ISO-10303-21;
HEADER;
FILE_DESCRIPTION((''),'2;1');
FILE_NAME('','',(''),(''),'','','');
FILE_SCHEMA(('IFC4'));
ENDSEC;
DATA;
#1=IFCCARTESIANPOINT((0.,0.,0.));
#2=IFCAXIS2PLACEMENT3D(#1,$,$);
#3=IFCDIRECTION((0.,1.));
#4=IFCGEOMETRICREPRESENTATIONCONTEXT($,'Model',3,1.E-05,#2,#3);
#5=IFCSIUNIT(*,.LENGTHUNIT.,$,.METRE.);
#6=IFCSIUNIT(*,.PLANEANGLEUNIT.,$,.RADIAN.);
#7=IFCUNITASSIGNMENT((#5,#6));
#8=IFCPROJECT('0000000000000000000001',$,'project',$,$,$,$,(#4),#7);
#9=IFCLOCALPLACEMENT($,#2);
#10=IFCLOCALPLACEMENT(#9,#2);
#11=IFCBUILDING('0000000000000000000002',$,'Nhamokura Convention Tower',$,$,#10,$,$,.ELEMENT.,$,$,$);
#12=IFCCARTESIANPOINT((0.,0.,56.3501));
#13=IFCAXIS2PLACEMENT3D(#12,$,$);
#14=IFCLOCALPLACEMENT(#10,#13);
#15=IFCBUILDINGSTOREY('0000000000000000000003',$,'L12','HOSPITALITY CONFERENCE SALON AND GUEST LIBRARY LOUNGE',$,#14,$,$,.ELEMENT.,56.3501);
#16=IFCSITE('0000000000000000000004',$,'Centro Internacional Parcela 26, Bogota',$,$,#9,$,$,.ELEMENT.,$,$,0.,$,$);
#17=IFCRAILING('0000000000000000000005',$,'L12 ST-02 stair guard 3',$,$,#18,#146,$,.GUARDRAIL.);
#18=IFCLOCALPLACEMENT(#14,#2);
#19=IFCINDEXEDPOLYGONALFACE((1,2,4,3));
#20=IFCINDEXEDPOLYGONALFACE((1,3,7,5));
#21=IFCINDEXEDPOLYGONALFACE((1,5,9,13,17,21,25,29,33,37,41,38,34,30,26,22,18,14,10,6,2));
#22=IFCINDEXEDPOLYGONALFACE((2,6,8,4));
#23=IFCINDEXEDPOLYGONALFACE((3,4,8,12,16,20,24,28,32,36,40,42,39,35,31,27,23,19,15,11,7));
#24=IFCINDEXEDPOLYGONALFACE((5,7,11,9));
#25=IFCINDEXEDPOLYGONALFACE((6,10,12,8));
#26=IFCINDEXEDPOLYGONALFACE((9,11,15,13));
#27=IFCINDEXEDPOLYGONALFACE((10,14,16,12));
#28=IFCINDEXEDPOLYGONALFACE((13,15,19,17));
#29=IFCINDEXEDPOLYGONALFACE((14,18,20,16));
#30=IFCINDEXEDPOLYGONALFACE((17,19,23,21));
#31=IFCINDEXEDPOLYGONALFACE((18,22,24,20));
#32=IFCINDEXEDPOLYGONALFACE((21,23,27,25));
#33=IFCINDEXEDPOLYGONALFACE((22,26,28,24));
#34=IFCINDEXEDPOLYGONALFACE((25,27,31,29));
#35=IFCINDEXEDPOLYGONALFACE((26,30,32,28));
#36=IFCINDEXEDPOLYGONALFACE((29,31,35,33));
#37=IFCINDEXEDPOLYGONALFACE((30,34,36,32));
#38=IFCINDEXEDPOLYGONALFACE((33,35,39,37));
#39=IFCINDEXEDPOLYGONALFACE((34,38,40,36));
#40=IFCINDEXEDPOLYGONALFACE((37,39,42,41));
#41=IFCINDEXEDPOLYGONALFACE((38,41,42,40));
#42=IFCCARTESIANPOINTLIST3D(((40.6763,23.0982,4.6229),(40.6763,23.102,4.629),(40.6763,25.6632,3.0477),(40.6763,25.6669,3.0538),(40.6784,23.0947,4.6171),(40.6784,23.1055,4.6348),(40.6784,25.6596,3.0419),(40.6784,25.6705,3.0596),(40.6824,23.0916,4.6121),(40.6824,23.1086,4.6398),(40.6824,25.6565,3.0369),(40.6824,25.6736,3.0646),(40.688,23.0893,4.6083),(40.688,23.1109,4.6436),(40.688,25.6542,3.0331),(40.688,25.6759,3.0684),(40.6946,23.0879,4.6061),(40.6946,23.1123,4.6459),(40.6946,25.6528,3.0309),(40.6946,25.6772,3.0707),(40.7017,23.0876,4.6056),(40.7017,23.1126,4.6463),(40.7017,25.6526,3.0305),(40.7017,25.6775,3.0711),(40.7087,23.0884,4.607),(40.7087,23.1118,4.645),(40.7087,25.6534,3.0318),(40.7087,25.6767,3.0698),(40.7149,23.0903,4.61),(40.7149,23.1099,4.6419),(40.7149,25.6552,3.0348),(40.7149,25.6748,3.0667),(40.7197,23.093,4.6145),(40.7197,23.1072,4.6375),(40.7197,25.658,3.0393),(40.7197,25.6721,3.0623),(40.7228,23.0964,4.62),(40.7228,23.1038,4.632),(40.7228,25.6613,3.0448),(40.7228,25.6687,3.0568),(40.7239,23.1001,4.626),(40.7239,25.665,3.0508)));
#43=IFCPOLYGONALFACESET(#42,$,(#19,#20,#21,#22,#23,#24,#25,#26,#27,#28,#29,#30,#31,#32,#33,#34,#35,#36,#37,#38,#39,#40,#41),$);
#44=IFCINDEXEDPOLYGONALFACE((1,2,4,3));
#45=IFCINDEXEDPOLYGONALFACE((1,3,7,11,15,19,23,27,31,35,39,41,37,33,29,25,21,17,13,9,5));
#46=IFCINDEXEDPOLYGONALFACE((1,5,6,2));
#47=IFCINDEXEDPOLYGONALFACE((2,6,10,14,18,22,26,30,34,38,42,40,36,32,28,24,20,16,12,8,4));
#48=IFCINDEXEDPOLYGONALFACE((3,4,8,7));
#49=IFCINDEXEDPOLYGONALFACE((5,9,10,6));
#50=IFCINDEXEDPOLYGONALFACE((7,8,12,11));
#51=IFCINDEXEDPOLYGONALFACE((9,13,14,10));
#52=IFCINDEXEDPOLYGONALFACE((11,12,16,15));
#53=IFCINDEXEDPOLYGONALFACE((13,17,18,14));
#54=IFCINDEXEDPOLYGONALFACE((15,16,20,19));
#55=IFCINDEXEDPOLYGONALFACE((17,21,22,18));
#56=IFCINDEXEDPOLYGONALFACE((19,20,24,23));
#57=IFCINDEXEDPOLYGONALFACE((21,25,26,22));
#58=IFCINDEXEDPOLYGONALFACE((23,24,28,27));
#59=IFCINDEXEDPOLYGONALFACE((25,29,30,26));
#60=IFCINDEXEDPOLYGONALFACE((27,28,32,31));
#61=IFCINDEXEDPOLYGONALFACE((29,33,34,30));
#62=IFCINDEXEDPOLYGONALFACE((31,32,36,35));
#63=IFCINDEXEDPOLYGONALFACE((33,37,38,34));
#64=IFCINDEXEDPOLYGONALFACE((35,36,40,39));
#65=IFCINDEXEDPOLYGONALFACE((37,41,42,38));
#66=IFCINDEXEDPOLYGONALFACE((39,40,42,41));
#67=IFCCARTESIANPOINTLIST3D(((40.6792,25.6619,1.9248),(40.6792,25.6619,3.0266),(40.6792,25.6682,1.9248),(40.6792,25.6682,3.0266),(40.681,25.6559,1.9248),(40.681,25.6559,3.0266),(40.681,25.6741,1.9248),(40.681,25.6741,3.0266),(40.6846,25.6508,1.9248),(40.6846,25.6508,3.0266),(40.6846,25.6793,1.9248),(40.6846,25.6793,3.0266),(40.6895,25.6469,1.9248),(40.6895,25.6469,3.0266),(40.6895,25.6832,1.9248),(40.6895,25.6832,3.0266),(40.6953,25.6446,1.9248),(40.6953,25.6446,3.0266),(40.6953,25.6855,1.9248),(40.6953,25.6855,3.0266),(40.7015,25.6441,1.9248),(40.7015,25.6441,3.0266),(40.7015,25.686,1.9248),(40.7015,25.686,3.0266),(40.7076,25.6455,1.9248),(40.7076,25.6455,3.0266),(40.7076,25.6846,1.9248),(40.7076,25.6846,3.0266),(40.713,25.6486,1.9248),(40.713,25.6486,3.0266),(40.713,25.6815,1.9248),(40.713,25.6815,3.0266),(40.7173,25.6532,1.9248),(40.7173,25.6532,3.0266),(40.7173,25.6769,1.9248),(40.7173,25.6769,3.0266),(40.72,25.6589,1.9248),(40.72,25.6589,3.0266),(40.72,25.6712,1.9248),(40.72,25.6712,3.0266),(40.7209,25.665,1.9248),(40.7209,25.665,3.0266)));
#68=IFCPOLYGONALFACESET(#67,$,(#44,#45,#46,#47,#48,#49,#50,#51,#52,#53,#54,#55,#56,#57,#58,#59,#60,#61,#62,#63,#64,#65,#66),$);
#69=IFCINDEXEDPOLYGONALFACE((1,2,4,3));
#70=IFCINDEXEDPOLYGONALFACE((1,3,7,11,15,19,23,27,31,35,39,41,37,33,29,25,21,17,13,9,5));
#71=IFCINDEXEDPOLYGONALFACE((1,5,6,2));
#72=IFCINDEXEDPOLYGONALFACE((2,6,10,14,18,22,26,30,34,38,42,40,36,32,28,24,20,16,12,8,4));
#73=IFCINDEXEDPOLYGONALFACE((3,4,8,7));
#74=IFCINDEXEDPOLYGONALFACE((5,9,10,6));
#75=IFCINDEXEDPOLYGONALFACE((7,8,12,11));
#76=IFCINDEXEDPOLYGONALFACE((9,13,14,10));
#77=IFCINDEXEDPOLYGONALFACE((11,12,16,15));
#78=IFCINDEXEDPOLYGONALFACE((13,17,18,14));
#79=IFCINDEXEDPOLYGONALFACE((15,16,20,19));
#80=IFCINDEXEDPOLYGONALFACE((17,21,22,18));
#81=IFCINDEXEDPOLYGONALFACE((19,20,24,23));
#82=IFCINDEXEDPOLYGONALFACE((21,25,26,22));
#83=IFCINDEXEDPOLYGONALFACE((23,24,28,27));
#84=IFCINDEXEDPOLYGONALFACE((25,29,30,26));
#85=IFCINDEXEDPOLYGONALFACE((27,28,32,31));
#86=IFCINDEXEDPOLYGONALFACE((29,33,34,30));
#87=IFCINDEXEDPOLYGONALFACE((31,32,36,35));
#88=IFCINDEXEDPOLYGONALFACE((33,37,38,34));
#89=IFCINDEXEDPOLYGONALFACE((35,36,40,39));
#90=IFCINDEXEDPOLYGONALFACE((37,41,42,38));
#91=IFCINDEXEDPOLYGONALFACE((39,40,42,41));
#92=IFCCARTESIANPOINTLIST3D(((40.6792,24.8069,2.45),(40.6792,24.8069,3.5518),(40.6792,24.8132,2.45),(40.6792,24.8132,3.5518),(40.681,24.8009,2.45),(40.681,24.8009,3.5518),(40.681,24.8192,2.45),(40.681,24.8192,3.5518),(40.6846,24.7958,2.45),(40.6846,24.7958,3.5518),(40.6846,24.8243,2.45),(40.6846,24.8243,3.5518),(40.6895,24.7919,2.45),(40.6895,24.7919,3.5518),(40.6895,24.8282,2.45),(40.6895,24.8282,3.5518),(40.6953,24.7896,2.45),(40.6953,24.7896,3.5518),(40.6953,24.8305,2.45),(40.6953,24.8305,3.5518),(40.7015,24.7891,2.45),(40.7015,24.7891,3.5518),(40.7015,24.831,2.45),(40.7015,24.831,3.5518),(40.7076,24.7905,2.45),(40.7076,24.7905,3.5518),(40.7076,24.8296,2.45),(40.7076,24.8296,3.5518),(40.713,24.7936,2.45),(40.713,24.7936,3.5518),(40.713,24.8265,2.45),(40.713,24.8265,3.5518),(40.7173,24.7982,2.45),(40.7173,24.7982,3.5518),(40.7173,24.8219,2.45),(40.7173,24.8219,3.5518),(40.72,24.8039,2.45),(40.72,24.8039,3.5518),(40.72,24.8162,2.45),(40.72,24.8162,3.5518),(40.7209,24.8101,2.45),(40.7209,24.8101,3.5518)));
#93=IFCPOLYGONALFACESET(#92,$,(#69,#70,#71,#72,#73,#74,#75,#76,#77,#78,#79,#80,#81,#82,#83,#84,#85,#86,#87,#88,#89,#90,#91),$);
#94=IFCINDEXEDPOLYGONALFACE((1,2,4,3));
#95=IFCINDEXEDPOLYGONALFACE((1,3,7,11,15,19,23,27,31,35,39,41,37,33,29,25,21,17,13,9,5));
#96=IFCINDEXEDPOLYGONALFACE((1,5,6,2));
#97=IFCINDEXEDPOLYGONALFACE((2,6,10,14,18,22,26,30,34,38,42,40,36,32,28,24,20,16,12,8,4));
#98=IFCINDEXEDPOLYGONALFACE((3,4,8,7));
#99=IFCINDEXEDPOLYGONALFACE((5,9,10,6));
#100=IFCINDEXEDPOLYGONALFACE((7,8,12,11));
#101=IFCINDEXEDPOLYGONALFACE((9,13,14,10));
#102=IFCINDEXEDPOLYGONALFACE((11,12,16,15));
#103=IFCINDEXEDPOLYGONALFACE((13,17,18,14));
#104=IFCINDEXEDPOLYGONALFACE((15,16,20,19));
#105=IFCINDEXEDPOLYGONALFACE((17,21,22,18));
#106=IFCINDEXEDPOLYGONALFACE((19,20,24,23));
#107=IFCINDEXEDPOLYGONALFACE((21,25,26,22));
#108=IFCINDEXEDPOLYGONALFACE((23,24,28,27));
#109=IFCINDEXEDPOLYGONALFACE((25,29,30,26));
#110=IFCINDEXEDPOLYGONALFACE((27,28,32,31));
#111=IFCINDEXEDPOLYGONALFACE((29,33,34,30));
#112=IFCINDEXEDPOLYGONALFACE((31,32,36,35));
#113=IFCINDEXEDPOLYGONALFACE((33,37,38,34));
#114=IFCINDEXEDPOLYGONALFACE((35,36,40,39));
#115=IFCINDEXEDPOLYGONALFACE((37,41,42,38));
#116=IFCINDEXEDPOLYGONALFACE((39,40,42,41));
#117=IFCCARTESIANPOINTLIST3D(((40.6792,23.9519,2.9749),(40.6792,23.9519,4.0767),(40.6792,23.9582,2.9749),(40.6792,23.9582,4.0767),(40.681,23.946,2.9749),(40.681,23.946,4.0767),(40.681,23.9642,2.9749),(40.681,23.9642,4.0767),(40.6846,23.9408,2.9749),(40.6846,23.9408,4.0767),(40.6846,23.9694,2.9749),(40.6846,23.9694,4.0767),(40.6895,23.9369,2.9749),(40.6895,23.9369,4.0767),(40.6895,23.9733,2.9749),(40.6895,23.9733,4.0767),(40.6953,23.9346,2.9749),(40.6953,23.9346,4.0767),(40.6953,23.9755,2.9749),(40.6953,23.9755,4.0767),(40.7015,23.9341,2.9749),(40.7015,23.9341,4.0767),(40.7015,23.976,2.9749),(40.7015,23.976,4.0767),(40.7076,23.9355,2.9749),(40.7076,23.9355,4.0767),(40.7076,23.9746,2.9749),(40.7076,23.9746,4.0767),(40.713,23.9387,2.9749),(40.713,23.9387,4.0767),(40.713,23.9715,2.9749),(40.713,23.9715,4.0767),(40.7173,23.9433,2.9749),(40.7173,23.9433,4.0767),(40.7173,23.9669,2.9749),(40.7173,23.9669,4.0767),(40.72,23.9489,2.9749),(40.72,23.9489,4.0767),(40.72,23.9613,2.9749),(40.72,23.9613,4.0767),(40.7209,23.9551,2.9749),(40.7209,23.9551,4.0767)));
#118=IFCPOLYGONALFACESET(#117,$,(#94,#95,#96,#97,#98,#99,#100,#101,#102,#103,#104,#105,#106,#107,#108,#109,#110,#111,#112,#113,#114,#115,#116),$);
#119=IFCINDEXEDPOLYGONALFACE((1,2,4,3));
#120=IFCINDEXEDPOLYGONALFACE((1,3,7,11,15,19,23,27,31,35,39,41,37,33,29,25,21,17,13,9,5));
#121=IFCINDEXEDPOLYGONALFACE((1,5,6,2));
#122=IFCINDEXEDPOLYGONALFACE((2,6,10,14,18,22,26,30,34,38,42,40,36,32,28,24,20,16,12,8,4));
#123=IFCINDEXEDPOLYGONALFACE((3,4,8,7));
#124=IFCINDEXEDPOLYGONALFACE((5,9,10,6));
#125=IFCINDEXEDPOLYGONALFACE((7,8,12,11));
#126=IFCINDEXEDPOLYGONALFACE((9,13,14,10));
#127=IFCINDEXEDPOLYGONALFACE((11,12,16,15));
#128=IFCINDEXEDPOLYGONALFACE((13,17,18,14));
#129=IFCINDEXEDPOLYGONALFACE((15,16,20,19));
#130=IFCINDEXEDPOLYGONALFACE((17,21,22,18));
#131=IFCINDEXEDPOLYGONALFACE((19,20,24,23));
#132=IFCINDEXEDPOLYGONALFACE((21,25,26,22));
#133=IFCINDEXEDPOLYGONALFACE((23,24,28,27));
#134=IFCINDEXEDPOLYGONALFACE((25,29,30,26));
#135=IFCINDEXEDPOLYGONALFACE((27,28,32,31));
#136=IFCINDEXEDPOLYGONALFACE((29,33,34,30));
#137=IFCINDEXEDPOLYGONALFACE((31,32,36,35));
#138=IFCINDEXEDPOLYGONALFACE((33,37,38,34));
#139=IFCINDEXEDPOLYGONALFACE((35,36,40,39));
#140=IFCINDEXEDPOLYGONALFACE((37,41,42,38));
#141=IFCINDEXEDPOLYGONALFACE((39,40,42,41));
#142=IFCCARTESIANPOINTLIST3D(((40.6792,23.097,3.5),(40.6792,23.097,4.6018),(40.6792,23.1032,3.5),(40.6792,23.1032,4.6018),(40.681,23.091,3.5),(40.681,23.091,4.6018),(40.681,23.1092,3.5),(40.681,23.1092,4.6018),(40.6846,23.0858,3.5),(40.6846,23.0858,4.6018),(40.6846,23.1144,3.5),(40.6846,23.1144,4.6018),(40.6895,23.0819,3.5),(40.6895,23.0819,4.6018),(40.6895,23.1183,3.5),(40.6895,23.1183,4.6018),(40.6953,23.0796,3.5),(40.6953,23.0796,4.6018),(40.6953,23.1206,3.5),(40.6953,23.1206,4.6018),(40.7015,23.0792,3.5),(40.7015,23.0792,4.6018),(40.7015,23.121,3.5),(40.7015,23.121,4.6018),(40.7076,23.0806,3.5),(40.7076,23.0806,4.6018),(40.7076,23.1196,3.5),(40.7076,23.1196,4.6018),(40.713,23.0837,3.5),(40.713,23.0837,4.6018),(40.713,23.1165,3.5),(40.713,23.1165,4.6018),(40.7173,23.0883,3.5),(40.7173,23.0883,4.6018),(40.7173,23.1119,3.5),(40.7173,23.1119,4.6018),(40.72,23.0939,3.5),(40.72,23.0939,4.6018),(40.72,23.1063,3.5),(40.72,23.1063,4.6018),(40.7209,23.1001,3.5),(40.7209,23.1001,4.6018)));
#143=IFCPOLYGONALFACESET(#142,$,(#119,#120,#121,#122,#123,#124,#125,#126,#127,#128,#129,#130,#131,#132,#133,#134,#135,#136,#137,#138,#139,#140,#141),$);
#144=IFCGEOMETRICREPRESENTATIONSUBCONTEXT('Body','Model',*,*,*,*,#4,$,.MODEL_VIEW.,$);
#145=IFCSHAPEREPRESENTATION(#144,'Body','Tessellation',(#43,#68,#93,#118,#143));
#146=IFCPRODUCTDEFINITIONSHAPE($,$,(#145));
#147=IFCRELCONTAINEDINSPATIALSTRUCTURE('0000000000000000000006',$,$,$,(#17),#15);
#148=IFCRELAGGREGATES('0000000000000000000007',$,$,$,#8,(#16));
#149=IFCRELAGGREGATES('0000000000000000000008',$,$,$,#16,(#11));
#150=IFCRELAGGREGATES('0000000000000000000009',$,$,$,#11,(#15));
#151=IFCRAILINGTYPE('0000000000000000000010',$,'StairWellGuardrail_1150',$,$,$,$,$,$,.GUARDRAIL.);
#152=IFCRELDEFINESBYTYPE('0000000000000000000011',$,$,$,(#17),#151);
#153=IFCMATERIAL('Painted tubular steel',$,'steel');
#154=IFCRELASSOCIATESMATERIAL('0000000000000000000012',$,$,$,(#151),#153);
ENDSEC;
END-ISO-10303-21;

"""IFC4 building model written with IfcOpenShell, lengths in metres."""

from ifc_helpers import new_model, si_unit, direction, frame, origin, origin_2d, place, context, subcontext, project, spatial, circle, extrude, material, type_object, element, save


model = new_model("IFC4")

# Units and contexts
model_context = context("Model", 3, precision=1e-05, world=origin(), true_north=direction((0.0, 1.0)))
body_context = subcontext(model_context, "Body", "Model", "MODEL_VIEW")
ifc_project = project(units=[si_unit("LENGTHUNIT", "METRE"), si_unit("PLANEANGLEUNIT", "RADIAN")], contexts=[model_context])

# Site, building, storey
site_placement = place(None, origin())
site = spatial("IfcSite", under=ifc_project, at=site_placement, Name="Centro Internacional Parcela 26, Bogota", CompositionType="ELEMENT", RefElevation=0.0)
building_placement = place(site_placement, origin())
building = spatial("IfcBuilding", under=site, at=building_placement, Name="Nhamokura Convention Tower", CompositionType="ELEMENT")
storey_placement = place(building_placement, frame((0.0, 0.0, 56.3501)))
storey = spatial("IfcBuildingStorey", under=building, at=storey_placement, Name="L12", Description="HOSPITALITY CONFERENCE SALON AND GUEST LIBRARY LOUNGE", CompositionType="ELEMENT", Elevation=56.3501)

# Railing
ifc_material_1 = material(Name="Painted tubular steel", Category="steel")
railing_type_1 = type_object("IfcRailingType", Name="StairWellGuardrail_1150", PredefinedType="GUARDRAIL", material=ifc_material_1)
railing_1_placement = place(storey_placement, frame((40.7, 25.665, 1.9248)))
element("IfcRailing", 1, at=railing_1_placement, inside=storey, type_object=railing_type_1, Name="L12 ST-02 stair guard 3", PredefinedType="GUARDRAIL", context=body_context, shape_type="SweptSolid", body=[
    extrude(circle(Radius=0.0239, at=origin_2d()), frame((0.0, 0.0, 1.126), z_axis=(0.0, -0.852137, 0.523319), x_axis=(1.0, 0.0, 0.0)), (0.0, 0.0, 1.0), 3.01),
    extrude(circle(Radius=0.021, at=origin_2d()), origin(), (0.0, 0.0, 1.0), 1.1018),
    extrude(circle(Radius=0.021, at=origin_2d()), frame((0.0, -0.855, 0.5251)), (0.0, 0.0, 1.0), 1.1018),
    extrude(circle(Radius=0.021, at=origin_2d()), frame((0.0, -1.71, 1.05)), (0.0, 0.0, 1.0), 1.1018),
    extrude(circle(Radius=0.021, at=origin_2d()), frame((0.0, -2.5649, 1.5752)), (0.0, 0.0, 1.0), 1.1018),
])

save(model, "model.ifc")
